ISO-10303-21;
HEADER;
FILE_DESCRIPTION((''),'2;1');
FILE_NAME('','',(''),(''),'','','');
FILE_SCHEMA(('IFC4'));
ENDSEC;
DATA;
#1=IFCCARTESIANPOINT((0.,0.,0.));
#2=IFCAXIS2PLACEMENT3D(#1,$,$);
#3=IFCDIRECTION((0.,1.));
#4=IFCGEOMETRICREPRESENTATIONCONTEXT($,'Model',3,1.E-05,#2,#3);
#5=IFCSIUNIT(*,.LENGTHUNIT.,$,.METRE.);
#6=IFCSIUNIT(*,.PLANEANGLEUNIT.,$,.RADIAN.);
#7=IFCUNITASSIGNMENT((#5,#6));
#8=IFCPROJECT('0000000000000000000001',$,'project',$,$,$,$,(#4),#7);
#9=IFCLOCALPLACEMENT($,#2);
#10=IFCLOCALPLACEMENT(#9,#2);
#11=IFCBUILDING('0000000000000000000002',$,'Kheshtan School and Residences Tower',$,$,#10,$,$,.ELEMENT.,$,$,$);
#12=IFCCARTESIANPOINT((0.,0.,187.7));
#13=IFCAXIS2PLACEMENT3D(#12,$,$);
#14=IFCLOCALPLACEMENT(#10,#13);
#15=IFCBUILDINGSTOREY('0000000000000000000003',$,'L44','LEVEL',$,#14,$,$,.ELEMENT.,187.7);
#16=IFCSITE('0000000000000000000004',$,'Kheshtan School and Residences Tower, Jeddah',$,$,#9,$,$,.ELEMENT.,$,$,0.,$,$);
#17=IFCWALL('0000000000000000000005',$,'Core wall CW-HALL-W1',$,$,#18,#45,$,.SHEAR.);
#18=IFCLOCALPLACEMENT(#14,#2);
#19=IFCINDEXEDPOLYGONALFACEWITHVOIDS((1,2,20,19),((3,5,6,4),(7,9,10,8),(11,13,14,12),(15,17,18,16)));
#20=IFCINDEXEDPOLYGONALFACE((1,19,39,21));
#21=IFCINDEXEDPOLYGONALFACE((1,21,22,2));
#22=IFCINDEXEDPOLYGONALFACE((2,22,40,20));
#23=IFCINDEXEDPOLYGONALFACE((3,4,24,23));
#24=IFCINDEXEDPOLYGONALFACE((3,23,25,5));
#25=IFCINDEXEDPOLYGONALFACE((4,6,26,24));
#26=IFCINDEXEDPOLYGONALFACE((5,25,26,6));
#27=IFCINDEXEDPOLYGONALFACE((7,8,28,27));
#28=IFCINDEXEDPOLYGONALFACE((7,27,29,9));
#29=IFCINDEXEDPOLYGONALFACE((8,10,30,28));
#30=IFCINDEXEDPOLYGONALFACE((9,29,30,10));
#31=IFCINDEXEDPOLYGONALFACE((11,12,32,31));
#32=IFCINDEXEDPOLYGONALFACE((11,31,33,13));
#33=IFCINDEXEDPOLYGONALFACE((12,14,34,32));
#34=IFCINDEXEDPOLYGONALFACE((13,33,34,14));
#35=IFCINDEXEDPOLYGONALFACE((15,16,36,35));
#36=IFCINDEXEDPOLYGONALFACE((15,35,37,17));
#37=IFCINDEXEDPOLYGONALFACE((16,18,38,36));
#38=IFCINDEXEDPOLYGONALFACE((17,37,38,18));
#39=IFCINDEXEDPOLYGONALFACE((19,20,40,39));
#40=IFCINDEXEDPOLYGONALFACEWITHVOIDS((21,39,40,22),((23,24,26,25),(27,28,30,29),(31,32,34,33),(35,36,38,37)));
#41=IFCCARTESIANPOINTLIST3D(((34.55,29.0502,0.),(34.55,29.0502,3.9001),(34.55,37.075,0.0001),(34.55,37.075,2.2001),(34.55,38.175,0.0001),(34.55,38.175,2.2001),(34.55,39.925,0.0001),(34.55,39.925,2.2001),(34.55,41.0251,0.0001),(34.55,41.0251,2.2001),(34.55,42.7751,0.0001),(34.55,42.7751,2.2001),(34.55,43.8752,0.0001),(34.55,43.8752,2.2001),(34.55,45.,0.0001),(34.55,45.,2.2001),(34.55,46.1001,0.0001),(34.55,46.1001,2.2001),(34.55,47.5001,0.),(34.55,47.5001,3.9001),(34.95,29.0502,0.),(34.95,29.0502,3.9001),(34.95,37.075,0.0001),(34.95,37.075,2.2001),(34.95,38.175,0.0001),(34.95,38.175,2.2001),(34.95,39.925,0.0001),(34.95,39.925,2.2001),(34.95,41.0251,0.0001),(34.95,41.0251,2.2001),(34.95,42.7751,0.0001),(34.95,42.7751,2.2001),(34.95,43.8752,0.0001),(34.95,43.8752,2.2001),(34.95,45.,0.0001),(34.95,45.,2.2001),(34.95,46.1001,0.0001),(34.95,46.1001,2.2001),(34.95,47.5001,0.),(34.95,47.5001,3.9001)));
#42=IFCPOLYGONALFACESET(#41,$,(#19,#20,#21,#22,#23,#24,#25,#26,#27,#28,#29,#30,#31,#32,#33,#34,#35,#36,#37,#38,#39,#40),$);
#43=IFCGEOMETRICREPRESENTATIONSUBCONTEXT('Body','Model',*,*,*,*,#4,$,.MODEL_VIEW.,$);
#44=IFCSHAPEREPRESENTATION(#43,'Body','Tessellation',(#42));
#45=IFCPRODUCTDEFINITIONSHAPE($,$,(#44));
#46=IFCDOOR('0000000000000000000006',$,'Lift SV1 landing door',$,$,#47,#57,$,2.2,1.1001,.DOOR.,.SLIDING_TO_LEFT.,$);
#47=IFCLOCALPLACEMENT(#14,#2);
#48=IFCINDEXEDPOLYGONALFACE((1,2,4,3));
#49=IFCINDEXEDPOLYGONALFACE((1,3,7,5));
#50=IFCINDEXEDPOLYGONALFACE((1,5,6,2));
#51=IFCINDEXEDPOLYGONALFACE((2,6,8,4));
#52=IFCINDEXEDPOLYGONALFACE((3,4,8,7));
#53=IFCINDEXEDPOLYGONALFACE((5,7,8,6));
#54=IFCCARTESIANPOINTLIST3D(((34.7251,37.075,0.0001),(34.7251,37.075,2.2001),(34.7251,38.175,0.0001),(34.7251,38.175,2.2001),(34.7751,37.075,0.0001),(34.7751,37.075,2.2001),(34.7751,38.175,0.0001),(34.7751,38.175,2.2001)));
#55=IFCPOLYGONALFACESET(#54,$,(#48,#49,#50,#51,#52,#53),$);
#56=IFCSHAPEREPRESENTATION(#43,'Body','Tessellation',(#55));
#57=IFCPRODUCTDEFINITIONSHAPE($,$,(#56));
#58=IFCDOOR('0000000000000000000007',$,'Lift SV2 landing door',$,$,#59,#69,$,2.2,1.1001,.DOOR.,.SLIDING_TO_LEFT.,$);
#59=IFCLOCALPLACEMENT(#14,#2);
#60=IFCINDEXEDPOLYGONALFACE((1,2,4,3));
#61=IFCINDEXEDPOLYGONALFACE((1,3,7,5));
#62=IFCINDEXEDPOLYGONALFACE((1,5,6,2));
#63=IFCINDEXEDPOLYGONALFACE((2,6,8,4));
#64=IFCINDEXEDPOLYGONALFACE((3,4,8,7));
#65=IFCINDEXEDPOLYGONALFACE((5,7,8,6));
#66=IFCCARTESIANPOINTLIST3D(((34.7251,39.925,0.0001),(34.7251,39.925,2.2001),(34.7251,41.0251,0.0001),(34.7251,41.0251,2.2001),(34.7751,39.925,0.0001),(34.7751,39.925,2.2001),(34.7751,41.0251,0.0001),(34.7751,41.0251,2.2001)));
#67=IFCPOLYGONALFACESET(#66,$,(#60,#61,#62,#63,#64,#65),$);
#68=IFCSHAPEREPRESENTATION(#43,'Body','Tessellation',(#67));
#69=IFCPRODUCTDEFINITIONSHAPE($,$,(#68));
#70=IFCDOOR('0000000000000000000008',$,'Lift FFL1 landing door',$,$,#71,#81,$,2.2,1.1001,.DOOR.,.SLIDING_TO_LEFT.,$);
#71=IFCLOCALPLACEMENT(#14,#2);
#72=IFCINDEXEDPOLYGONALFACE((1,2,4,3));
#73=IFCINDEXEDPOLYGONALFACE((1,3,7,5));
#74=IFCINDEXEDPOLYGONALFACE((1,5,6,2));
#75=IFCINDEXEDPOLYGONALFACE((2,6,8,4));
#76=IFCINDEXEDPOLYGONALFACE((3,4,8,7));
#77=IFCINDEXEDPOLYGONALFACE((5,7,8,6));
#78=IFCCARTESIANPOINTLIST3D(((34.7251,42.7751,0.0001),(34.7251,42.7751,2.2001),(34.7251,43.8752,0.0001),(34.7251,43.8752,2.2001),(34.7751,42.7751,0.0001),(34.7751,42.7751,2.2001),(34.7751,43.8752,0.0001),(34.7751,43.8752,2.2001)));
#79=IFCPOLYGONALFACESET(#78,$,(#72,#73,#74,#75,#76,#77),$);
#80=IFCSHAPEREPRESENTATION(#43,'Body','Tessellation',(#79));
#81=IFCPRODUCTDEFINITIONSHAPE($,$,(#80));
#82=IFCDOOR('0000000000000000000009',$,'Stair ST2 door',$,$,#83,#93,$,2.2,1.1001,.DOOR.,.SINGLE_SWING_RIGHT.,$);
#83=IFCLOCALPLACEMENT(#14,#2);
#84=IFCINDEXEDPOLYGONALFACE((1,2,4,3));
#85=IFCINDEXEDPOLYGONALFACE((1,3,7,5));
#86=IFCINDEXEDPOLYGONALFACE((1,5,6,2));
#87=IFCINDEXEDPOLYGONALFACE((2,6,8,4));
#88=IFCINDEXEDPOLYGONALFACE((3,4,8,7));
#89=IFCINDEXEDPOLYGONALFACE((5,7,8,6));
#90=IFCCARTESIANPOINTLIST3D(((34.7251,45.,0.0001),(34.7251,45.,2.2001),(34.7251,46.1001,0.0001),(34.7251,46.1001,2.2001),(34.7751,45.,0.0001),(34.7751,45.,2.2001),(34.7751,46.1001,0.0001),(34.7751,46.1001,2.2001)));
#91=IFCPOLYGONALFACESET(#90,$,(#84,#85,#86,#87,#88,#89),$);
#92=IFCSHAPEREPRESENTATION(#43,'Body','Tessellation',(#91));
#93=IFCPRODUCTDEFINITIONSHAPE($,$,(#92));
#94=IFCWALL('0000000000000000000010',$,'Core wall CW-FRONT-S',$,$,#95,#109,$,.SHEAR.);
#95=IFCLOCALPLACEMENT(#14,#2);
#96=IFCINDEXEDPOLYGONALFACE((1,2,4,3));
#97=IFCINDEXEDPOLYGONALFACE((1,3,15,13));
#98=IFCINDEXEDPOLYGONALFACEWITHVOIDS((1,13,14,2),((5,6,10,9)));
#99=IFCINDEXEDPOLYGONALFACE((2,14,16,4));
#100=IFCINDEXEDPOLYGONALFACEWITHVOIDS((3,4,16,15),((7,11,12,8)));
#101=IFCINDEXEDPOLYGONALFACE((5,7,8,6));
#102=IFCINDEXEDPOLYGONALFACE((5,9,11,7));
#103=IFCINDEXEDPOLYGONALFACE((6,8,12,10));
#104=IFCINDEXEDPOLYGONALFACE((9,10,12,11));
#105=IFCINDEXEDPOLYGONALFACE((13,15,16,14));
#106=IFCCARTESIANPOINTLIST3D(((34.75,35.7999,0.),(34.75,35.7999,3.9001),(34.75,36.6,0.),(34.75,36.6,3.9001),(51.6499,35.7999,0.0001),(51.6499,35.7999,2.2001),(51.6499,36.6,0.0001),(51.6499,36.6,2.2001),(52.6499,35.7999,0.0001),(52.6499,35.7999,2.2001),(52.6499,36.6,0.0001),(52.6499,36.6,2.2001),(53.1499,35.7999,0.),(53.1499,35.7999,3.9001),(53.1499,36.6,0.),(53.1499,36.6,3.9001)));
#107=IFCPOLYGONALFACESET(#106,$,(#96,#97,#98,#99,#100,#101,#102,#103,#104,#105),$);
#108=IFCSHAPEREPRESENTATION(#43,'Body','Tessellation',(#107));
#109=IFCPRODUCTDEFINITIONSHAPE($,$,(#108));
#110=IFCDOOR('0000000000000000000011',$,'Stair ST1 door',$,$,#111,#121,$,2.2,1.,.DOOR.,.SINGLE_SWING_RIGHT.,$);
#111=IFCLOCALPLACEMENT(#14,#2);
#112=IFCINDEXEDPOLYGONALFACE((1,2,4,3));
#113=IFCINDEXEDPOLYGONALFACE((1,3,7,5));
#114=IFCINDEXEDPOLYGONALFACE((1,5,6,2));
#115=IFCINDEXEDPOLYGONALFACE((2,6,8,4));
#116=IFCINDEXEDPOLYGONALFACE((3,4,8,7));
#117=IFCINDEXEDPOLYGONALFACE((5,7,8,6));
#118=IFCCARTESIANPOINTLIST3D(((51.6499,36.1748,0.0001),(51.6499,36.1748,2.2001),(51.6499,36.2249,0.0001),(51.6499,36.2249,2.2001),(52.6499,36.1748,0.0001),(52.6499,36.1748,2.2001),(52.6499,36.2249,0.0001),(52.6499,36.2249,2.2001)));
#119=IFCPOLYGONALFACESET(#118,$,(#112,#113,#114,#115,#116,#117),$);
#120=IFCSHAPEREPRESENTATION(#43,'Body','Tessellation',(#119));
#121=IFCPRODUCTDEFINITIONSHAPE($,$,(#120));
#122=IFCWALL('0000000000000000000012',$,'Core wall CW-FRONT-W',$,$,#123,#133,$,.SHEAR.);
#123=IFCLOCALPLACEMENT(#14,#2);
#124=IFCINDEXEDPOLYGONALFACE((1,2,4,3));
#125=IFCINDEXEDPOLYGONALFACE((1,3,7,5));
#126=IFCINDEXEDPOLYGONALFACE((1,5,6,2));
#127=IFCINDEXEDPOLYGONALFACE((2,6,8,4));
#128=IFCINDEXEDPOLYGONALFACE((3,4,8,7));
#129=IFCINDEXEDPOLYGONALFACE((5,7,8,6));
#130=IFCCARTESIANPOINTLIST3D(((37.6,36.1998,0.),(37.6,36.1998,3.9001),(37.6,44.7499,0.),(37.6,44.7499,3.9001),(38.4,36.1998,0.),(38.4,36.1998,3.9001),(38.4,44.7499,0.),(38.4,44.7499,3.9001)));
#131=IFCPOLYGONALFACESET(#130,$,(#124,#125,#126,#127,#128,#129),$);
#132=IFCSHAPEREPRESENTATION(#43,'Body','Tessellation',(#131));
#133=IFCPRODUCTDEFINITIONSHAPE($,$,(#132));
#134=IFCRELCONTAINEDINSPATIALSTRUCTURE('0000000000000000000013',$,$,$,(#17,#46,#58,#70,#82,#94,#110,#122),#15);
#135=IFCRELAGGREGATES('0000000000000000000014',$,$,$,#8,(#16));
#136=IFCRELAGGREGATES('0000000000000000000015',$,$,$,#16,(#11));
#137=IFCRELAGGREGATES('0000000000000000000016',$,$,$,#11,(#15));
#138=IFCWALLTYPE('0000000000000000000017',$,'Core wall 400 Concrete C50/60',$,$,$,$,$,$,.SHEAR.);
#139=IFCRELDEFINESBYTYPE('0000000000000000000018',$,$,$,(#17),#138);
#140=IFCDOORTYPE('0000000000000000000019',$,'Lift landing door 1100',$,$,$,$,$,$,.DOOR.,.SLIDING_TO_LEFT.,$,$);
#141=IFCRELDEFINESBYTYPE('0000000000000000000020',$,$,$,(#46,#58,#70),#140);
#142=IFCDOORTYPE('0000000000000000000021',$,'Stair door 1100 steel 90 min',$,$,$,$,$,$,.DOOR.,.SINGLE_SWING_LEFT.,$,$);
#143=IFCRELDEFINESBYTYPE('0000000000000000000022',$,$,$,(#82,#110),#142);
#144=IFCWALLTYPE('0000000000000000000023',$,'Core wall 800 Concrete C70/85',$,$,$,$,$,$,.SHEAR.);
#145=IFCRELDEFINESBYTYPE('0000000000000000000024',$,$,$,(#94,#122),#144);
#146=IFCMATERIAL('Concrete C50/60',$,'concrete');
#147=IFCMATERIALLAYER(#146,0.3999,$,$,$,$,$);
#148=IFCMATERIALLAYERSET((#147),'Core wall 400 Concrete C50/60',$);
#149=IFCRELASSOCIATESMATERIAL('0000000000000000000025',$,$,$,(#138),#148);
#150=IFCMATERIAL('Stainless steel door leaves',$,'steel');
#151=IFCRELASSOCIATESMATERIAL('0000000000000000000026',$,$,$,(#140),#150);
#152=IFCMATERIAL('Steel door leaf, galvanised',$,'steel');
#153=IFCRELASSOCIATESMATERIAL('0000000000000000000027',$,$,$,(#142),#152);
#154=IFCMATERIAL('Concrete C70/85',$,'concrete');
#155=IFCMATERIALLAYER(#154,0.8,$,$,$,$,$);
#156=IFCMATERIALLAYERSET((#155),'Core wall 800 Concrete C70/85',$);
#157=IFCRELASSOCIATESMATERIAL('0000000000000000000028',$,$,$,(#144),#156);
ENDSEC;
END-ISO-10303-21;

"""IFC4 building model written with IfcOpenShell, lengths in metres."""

from ifc_helpers import new_model, si_unit, direction, frame, frame_2d, origin, place, context, subcontext, project, spatial, rectangle, extrude, source, transform, mapped, material, layer, layer_set, type_object, element, fill, save


model = new_model("IFC4")

# Units and contexts
model_context = context("Model", 3, precision=1e-05, world=origin(), true_north=direction((0.0, 1.0)))
body_context = subcontext(model_context, "Body", "Model", "MODEL_VIEW")
ifc_project = project(units=[si_unit("LENGTHUNIT", "METRE"), si_unit("PLANEANGLEUNIT", "RADIAN")], contexts=[model_context])

# Site, building, storey
site_placement = place(None, origin())
site = spatial("IfcSite", under=ifc_project, at=site_placement, Name="Kheshtan School and Residences Tower, Jeddah", CompositionType="ELEMENT", RefElevation=0.0)
building_placement = place(site_placement, origin())
building = spatial("IfcBuilding", under=site, at=building_placement, Name="Kheshtan School and Residences Tower", CompositionType="ELEMENT")
storey_placement = place(building_placement, frame((0.0, 0.0, 187.7)))
storey = spatial("IfcBuildingStorey", under=building, at=storey_placement, Name="L44", Description="LEVEL", CompositionType="ELEMENT", Elevation=187.7)

# Shared definitions
ifc_material_1 = material(Name="Concrete C50/60", Category="concrete")
ifc_layer_1 = layer(ifc_material_1, 0.3999)
ifc_layer_set_1 = layer_set([ifc_layer_1], Name="Core wall 400 Concrete C50/60")
wall_type_1 = type_object("IfcWallType", Name="Core wall 400 Concrete C50/60", PredefinedType="SHEAR", material=ifc_layer_set_1)
ifc_material_2 = material(Name="Stainless steel door leaves", Category="steel")
door_type_1 = type_object("IfcDoorType", Name="Lift landing door 1100", OperationType="SLIDING_TO_LEFT", PredefinedType="DOOR", material=ifc_material_2)
shared_shape_1 = source(origin(), body_context, "Body", "SweptSolid", [
    extrude(rectangle(XDim=1.1001, YDim=2.2, at=frame_2d((0.55, 1.1001))), frame((0.0, 0.0249, 0.0), z_axis=(0.0, -1.0, 0.0), x_axis=(1.0, 0.0, 0.0)), (0.0, 0.0, 1.0), 0.05),
])

# Wall, openings, doors
wall_1_placement = place(storey_placement, frame((34.75, 29.05, 0.0), z_axis=(0.0, 0.0, 1.0), x_axis=(0.0, 1.0, 0.0)))
wall_1 = element("IfcWall", 1, at=wall_1_placement, inside=storey, type_object=wall_type_1, Name="Core wall CW-HALL-W1", PredefinedType="SHEAR", context=body_context, shape_type="SweptSolid", body=[
    extrude(rectangle(XDim=18.45, YDim=0.3999, at=frame_2d((9.2251, 0.0))), origin(), (0.0, 0.0, 1.0), 3.9001),
])
opening_1_placement = place(wall_1_placement, frame((8.0249, 0.0, 0.0)))
opening_1 = element("IfcOpeningElement", 2, at=opening_1_placement, cuts=wall_1, PredefinedType="OPENING", context=body_context, shape_type="SweptSolid", body=[
    extrude(rectangle(XDim=1.1001, YDim=2.2, at=frame_2d((0.55, 1.1001))), frame((0.0, 0.21, 0.0), z_axis=(0.0, -1.0, 0.0), x_axis=(1.0, 0.0, 0.0)), (0.0, 0.0, 1.0), 0.4199),
])
opening_2_placement = place(wall_1_placement, frame((10.875, 0.0, 0.0)))
opening_2 = element("IfcOpeningElement", 3, at=opening_2_placement, cuts=wall_1, PredefinedType="OPENING", context=body_context, shape_type="SweptSolid", body=[
    extrude(rectangle(XDim=1.1001, YDim=2.2, at=frame_2d((0.55, 1.1001))), frame((0.0, 0.21, 0.0), z_axis=(0.0, -1.0, 0.0), x_axis=(1.0, 0.0, 0.0)), (0.0, 0.0, 1.0), 0.4199),
])
opening_3_placement = place(wall_1_placement, frame((13.7251, 0.0, 0.0)))
opening_3 = element("IfcOpeningElement", 4, at=opening_3_placement, cuts=wall_1, PredefinedType="OPENING", context=body_context, shape_type="SweptSolid", body=[
    extrude(rectangle(XDim=1.1001, YDim=2.2, at=frame_2d((0.55, 1.1001))), frame((0.0, 0.21, 0.0), z_axis=(0.0, -1.0, 0.0), x_axis=(1.0, 0.0, 0.0)), (0.0, 0.0, 1.0), 0.4199),
])
opening_4_placement = place(wall_1_placement, frame((15.95, 0.0, 0.0)))
opening_4 = element("IfcOpeningElement", 5, at=opening_4_placement, cuts=wall_1, PredefinedType="OPENING", context=body_context, shape_type="SweptSolid", body=[
    extrude(rectangle(XDim=1.1001, YDim=2.2, at=frame_2d((0.55, 1.1001))), frame((0.0, 0.21, 0.0), z_axis=(0.0, -1.0, 0.0), x_axis=(1.0, 0.0, 0.0)), (0.0, 0.0, 1.0), 0.4199),
])
door_1_placement = place(opening_1_placement, origin())
door_1 = element("IfcDoor", 6, at=door_1_placement, inside=storey, type_object=door_type_1, Name="Lift SV1 landing door", OperationType="SLIDING_TO_LEFT", OverallHeight=2.2, OverallWidth=1.1001, PredefinedType="DOOR", context=body_context, shape_type="MappedRepresentation", body=[
    mapped(shared_shape_1, transform((0.0, 0.0, 0.0), x_axis=(1.0, 0.0, 0.0), y_axis=(0.0, 1.0, 0.0), z_axis=(0.0, 0.0, 1.0), scale=1.0)),
])
fill(opening_1, door_1)
door_2_placement = place(opening_2_placement, origin())
door_2 = element("IfcDoor", 7, at=door_2_placement, inside=storey, type_object=door_type_1, Name="Lift SV2 landing door", OperationType="SLIDING_TO_LEFT", OverallHeight=2.2, OverallWidth=1.1001, PredefinedType="DOOR", context=body_context, shape_type="MappedRepresentation", body=[
    mapped(shared_shape_1, transform((0.0, 0.0, 0.0), x_axis=(1.0, 0.0, 0.0), y_axis=(0.0, 1.0, 0.0), z_axis=(0.0, 0.0, 1.0), scale=1.0)),
])
fill(opening_2, door_2)
door_3_placement = place(opening_3_placement, origin())
door_3 = element("IfcDoor", 8, at=door_3_placement, inside=storey, type_object=door_type_1, Name="Lift FFL1 landing door", OperationType="SLIDING_TO_LEFT", OverallHeight=2.2, OverallWidth=1.1001, PredefinedType="DOOR", context=body_context, shape_type="MappedRepresentation", body=[
    mapped(shared_shape_1, transform((0.0, 0.0, 0.0), x_axis=(1.0, 0.0, 0.0), y_axis=(0.0, 1.0, 0.0), z_axis=(0.0, 0.0, 1.0), scale=1.0)),
])
fill(opening_3, door_3)
ifc_material_3 = material(Name="Steel door leaf, galvanised", Category="steel")
door_type_2 = type_object("IfcDoorType", Name="Stair door 1100 steel 90 min", OperationType="SINGLE_SWING_LEFT", PredefinedType="DOOR", material=ifc_material_3)
shared_shape_2 = source(origin(), body_context, "Body", "SweptSolid", [
    extrude(rectangle(XDim=1.1001, YDim=2.2, at=frame_2d((0.55, 1.1001))), frame((0.0, 0.0249, 0.0), z_axis=(0.0, -1.0, 0.0), x_axis=(1.0, 0.0, 0.0)), (0.0, 0.0, 1.0), 0.05),
])
door_4_placement = place(opening_4_placement, origin())
door_4 = element("IfcDoor", 9, at=door_4_placement, inside=storey, type_object=door_type_2, Name="Stair ST2 door", OperationType="SINGLE_SWING_RIGHT", OverallHeight=2.2, OverallWidth=1.1001, PredefinedType="DOOR", context=body_context, shape_type="MappedRepresentation", body=[
    mapped(shared_shape_2, transform((0.0, 0.0, 0.0), x_axis=(1.0, 0.0, 0.0), y_axis=(0.0, 1.0, 0.0), z_axis=(0.0, 0.0, 1.0), scale=1.0)),
])
fill(opening_4, door_4)

# Wall, opening, door
ifc_material_4 = material(Name="Concrete C70/85", Category="concrete")
ifc_layer_2 = layer(ifc_material_4, 0.8)
ifc_layer_set_2 = layer_set([ifc_layer_2], Name="Core wall 800 Concrete C70/85")
wall_type_2 = type_object("IfcWallType", Name="Core wall 800 Concrete C70/85", PredefinedType="SHEAR", material=ifc_layer_set_2)
wall_2_placement = place(storey_placement, frame((34.75, 36.2, 0.0), z_axis=(0.0, 0.0, 1.0), x_axis=(1.0, 0.0, 0.0)))
wall_2 = element("IfcWall", 10, at=wall_2_placement, inside=storey, type_object=wall_type_2, Name="Core wall CW-FRONT-S", PredefinedType="SHEAR", context=body_context, shape_type="SweptSolid", body=[
    extrude(rectangle(XDim=18.3999, YDim=0.8, at=frame_2d((9.2, 0.0))), origin(), (0.0, 0.0, 1.0), 3.9001),
])
opening_5_placement = place(wall_2_placement, frame((16.8999, 0.0, 0.0)))
opening_5 = element("IfcOpeningElement", 11, at=opening_5_placement, cuts=wall_2, PredefinedType="OPENING", context=body_context, shape_type="SweptSolid", body=[
    extrude(rectangle(XDim=1.0, YDim=2.2, at=frame_2d((0.5, 1.1001))), frame((0.0, 0.4102, 0.0), z_axis=(0.0, -1.0, 0.0), x_axis=(1.0, 0.0, 0.0)), (0.0, 0.0, 1.0), 0.8201),
])
shared_shape_3 = source(origin(), body_context, "Body", "SweptSolid", [
    extrude(rectangle(XDim=1.0, YDim=2.2, at=frame_2d((0.5, 1.1001))), frame((0.0, 0.0249, 0.0), z_axis=(0.0, -1.0, 0.0), x_axis=(1.0, 0.0, 0.0)), (0.0, 0.0, 1.0), 0.05),
])
door_5_placement = place(opening_5_placement, origin())
door_5 = element("IfcDoor", 12, at=door_5_placement, inside=storey, type_object=door_type_2, Name="Stair ST1 door", OperationType="SINGLE_SWING_RIGHT", OverallHeight=2.2, OverallWidth=1.0, PredefinedType="DOOR", context=body_context, shape_type="MappedRepresentation", body=[
    mapped(shared_shape_3, transform((0.0, 0.0, 0.0), x_axis=(1.0, 0.0, 0.0), y_axis=(0.0, 1.0, 0.0), z_axis=(0.0, 0.0, 1.0), scale=1.0)),
])
fill(opening_5, door_5)

# Wall
wall_3_placement = place(storey_placement, frame((38.0, 36.2, 0.0), z_axis=(0.0, 0.0, 1.0), x_axis=(0.0, 1.0, 0.0)))
element("IfcWall", 13, at=wall_3_placement, inside=storey, type_object=wall_type_2, Name="Core wall CW-FRONT-W", PredefinedType="SHEAR", context=body_context, shape_type="SweptSolid", body=[
    extrude(rectangle(XDim=8.55, YDim=0.8, at=frame_2d((4.2749, 0.0))), origin(), (0.0, 0.0, 1.0), 3.9001),
])

save(model, "model.ifc")
